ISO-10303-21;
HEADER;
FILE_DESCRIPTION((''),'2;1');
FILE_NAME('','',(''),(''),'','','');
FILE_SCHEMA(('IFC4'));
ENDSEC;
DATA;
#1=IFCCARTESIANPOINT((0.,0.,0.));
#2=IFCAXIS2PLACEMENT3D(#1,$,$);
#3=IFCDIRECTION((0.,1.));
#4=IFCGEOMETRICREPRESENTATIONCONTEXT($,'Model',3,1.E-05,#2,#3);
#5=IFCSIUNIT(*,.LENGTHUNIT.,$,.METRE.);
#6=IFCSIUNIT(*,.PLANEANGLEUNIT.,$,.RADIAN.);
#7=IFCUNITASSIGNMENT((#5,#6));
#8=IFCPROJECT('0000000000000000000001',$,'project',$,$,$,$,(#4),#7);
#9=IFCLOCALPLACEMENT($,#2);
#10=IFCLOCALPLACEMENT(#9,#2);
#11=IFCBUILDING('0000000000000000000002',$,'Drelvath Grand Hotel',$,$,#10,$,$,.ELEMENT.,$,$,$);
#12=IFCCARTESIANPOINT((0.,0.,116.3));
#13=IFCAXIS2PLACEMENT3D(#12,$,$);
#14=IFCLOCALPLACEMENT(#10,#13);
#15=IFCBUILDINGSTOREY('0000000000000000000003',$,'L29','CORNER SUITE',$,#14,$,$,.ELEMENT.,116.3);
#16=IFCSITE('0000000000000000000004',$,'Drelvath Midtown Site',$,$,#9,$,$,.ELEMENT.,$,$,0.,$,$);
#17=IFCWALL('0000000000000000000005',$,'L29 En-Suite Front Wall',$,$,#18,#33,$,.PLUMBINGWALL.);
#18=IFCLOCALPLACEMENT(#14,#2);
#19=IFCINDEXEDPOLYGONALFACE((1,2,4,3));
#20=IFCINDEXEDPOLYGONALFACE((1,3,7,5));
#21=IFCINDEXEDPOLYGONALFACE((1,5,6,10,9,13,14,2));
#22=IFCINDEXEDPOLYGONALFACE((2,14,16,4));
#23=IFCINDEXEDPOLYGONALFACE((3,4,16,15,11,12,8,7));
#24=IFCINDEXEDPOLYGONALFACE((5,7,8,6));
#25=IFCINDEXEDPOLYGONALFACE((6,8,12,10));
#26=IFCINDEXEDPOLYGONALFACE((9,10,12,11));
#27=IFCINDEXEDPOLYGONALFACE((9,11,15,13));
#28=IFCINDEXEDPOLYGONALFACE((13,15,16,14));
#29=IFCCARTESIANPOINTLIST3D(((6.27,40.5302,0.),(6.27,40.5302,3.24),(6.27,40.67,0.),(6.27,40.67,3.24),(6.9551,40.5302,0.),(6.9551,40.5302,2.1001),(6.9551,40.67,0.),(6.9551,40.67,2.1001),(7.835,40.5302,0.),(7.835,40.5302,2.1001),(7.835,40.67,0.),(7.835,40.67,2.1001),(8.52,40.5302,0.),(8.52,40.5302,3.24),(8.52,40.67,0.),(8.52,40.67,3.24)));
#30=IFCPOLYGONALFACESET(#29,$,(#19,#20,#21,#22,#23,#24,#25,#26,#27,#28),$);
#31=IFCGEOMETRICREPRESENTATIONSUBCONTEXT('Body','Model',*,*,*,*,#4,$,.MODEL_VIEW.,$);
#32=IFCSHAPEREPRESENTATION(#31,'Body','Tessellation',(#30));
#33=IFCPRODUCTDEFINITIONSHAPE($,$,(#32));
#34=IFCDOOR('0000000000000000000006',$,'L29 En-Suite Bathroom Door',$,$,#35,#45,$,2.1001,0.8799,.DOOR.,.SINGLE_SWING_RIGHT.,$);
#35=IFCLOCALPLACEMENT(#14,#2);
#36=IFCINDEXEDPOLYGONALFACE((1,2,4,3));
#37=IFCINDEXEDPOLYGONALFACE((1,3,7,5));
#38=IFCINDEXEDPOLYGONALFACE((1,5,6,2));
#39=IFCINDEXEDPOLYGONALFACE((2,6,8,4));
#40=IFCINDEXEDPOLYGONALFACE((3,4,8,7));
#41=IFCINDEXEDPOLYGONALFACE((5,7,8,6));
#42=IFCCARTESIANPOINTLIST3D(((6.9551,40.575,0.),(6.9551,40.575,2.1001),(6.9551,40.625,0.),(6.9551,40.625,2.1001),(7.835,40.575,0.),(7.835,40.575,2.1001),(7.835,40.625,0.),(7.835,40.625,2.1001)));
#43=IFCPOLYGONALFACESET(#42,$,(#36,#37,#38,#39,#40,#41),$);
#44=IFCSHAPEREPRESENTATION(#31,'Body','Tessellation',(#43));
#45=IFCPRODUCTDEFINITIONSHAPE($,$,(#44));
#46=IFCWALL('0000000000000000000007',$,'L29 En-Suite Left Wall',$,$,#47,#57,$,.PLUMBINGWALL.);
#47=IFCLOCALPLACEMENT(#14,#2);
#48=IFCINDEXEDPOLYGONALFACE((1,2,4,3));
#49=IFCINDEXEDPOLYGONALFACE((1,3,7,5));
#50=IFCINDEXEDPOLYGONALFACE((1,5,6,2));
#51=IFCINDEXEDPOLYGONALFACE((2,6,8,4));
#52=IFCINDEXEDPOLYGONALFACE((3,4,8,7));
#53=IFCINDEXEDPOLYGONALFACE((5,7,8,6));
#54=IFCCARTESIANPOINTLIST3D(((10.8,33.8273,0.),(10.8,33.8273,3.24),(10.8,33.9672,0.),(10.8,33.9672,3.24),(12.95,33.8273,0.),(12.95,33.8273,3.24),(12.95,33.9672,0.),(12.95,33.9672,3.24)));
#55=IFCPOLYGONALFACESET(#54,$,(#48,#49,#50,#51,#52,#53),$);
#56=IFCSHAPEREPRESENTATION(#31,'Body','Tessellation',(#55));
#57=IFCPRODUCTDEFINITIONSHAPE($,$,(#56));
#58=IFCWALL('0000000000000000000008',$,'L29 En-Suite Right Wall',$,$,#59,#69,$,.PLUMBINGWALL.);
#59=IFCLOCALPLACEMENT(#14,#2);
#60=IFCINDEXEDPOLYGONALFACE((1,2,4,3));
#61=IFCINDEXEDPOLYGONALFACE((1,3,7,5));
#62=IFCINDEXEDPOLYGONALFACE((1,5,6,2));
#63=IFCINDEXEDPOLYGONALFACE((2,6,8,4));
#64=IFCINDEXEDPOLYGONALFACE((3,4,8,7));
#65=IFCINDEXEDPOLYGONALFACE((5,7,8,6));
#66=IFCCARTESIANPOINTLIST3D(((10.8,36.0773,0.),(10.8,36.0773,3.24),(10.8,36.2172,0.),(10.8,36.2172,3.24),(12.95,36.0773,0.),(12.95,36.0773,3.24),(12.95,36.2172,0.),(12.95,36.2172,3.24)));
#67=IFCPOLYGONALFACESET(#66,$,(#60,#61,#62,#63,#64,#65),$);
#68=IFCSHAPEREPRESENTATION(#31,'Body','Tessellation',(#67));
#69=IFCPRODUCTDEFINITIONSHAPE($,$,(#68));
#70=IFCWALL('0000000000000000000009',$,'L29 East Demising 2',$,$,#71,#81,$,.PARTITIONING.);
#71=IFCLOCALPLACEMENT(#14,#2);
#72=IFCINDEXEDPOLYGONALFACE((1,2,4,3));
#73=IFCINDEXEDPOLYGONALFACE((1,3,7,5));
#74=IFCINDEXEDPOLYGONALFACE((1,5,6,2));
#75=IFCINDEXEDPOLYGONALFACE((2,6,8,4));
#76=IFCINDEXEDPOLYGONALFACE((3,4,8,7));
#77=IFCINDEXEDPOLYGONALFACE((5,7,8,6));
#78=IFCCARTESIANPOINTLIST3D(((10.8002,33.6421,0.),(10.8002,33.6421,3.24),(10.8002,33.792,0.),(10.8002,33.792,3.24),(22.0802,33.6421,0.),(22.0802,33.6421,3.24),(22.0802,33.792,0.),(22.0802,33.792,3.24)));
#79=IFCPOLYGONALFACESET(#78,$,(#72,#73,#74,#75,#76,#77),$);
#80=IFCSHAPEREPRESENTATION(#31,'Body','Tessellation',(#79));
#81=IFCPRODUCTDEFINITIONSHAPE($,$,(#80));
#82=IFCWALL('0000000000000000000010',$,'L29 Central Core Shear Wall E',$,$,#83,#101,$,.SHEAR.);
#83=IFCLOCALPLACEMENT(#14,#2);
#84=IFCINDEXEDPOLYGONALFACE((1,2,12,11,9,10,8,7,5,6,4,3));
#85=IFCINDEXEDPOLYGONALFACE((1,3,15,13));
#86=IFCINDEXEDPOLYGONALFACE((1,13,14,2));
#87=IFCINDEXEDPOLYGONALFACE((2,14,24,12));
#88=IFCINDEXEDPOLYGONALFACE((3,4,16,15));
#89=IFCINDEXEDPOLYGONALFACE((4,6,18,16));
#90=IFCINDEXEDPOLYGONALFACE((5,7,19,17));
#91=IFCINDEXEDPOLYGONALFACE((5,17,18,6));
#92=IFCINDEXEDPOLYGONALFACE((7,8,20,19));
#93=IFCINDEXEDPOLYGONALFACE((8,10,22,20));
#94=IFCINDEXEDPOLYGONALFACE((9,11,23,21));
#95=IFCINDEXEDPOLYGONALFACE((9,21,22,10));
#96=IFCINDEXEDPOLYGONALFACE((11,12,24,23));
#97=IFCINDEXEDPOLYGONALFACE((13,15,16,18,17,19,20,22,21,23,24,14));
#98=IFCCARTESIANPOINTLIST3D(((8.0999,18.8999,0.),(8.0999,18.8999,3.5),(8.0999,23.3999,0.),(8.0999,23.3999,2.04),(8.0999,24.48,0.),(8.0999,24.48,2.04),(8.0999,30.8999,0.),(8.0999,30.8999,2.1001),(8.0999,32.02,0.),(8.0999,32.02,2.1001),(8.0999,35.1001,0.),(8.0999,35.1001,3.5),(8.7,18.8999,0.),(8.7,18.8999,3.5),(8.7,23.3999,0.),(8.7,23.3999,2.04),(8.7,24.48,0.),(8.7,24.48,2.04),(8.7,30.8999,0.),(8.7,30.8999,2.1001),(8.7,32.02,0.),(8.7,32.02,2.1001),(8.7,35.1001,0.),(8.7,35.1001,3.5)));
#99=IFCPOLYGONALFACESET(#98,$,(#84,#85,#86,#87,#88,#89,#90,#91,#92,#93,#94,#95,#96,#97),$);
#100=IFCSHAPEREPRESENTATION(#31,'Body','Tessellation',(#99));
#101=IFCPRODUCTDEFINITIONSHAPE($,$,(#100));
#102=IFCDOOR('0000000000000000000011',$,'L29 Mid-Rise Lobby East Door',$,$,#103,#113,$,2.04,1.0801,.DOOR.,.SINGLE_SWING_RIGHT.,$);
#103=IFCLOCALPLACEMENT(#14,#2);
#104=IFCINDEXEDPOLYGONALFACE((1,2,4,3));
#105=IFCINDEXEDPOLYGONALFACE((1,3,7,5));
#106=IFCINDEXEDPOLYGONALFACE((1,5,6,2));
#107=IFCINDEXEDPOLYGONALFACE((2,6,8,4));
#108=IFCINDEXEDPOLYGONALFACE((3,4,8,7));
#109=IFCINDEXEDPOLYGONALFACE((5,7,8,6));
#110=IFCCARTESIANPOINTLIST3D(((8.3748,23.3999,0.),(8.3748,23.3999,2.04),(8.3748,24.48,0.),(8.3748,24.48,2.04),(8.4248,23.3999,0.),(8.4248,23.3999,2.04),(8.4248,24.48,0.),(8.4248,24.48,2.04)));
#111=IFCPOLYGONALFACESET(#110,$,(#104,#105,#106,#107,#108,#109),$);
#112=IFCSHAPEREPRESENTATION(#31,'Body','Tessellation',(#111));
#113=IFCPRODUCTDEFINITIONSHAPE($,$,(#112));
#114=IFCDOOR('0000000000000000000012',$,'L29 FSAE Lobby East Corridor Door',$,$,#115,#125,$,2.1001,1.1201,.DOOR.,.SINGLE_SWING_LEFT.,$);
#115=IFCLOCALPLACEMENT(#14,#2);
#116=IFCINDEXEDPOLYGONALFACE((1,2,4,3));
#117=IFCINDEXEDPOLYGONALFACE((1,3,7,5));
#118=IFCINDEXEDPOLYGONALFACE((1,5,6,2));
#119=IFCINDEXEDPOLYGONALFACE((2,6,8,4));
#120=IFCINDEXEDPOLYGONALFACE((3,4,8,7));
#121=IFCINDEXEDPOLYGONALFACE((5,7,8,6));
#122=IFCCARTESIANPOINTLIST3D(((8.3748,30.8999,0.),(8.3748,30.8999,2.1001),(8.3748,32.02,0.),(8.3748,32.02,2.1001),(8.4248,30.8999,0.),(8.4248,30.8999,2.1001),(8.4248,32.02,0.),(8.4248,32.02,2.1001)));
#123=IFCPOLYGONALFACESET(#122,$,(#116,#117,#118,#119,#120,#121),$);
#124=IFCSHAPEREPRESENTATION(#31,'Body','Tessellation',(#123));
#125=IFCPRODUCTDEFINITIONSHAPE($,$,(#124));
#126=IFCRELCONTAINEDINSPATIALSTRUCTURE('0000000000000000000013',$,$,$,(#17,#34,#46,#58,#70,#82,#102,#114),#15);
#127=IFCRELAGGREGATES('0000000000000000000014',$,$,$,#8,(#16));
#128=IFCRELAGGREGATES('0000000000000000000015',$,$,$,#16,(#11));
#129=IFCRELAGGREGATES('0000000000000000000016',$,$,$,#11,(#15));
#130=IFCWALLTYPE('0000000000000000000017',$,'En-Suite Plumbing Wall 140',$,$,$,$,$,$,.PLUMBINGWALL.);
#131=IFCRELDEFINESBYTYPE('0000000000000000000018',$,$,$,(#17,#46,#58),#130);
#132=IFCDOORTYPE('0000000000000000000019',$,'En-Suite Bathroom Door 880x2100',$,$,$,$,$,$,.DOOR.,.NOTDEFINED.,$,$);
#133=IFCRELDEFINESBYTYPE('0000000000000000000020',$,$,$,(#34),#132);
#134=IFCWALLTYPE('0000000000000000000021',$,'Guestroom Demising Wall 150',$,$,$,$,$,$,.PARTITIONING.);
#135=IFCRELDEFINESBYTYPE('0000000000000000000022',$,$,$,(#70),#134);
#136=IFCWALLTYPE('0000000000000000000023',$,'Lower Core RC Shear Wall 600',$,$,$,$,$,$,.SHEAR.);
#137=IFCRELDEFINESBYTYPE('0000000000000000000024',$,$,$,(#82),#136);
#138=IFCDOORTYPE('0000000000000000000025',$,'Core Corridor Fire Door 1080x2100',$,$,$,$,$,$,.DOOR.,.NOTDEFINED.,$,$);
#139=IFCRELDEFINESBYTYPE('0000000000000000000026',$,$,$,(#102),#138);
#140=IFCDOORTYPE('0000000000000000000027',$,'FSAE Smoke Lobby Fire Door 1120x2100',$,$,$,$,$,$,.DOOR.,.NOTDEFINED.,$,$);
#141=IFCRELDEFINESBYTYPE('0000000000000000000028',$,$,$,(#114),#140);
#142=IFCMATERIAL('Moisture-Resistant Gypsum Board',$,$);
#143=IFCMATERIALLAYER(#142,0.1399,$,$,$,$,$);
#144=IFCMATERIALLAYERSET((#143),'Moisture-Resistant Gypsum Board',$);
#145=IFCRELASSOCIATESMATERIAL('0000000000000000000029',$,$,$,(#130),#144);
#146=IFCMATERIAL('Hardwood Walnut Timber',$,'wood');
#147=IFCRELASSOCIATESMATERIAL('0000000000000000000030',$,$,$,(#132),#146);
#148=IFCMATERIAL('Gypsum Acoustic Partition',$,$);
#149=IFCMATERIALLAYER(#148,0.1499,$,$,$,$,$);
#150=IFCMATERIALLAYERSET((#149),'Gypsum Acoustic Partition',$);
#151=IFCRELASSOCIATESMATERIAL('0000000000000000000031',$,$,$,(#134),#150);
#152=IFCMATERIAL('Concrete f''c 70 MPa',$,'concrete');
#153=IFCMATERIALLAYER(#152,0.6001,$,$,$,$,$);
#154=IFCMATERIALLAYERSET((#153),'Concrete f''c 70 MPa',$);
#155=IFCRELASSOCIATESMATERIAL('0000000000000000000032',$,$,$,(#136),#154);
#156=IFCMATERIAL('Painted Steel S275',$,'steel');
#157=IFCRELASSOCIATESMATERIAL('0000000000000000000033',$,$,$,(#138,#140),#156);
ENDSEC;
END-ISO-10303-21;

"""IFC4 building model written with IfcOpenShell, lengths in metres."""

from ifc_helpers import new_model, si_unit, direction, frame, frame_2d, origin, place, context, subcontext, project, spatial, rectangle, extrude, material, layer, layer_set, type_object, element, fill, save


model = new_model("IFC4")

# Units and contexts
model_context = context("Model", 3, precision=1e-05, world=origin(), true_north=direction((0.0, 1.0)))
body_context = subcontext(model_context, "Body", "Model", "MODEL_VIEW")
ifc_project = project(units=[si_unit("LENGTHUNIT", "METRE"), si_unit("PLANEANGLEUNIT", "RADIAN")], contexts=[model_context])

# Site, building, storey
site_placement = place(None, origin())
site = spatial("IfcSite", under=ifc_project, at=site_placement, Name="Drelvath Midtown Site", CompositionType="ELEMENT", RefElevation=0.0)
building_placement = place(site_placement, origin())
building = spatial("IfcBuilding", under=site, at=building_placement, Name="Drelvath Grand Hotel", CompositionType="ELEMENT")
storey_placement = place(building_placement, frame((0.0, 0.0, 116.3)))
storey = spatial("IfcBuildingStorey", under=building, at=storey_placement, Name="L29", Description="CORNER SUITE", CompositionType="ELEMENT", Elevation=116.3)

# Shared definitions
ifc_material_1 = material(Name="Moisture-Resistant Gypsum Board")
ifc_layer_1 = layer(ifc_material_1, 0.1399)
ifc_layer_set_1 = layer_set([ifc_layer_1], Name="Moisture-Resistant Gypsum Board")
wall_type_1 = type_object("IfcWallType", Name="En-Suite Plumbing Wall 140", PredefinedType="PLUMBINGWALL", material=ifc_layer_set_1)

# Wall, opening, door
wall_1_placement = place(storey_placement, frame((6.27, 40.6001, 0.0), z_axis=(0.0, 0.0, 1.0), x_axis=(1.0, 0.0, 0.0)))
wall_1 = element("IfcWall", 1, at=wall_1_placement, inside=storey, type_object=wall_type_1, Name="L29 En-Suite Front Wall", PredefinedType="PLUMBINGWALL", context=body_context, shape_type="SweptSolid", body=[
    extrude(rectangle(XDim=2.25, YDim=0.1399, at=frame_2d((1.125, 0.0))), origin(), (0.0, 0.0, 1.0), 3.24),
])
opening_1_placement = place(wall_1_placement, frame((0.6851, 0.0, 0.0)))
opening_1 = element("IfcOpeningElement", 2, at=opening_1_placement, cuts=wall_1, PredefinedType="OPENING", context=body_context, shape_type="SweptSolid", body=[
    extrude(rectangle(XDim=0.8799, YDim=2.1001, at=frame_2d((0.4399, 1.05))), frame((0.0, 0.0798, 0.0), z_axis=(0.0, -1.0, 0.0), x_axis=(1.0, 0.0, 0.0)), (0.0, 0.0, 1.0), 0.1599),
])
ifc_material_2 = material(Name="Hardwood Walnut Timber", Category="wood")
door_type_1 = type_object("IfcDoorType", Name="En-Suite Bathroom Door 880x2100", OperationType="NOTDEFINED", PredefinedType="DOOR", material=ifc_material_2)
door_1_placement = place(opening_1_placement, origin())
door_1 = element("IfcDoor", 3, at=door_1_placement, inside=storey, type_object=door_type_1, Name="L29 En-Suite Bathroom Door", OperationType="SINGLE_SWING_RIGHT", OverallHeight=2.1001, OverallWidth=0.8799, PredefinedType="DOOR", context=body_context, shape_type="SweptSolid", body=[
    extrude(rectangle(XDim=0.8799, YDim=2.1001, at=frame_2d((0.4399, 1.05))), frame((0.0, 0.0249, 0.0), z_axis=(0.0, -1.0, 0.0), x_axis=(1.0, 0.0, 0.0)), (0.0, 0.0, 1.0), 0.05),
])
fill(opening_1, door_1)

# Walls
for number, where, z_axis, x_axis, name in (
    (4, (10.8, 33.8972, 0.0), (0.0, 0.0, 1.0), (1.0, 0.0, 0.0), "L29 En-Suite Left Wall"),
    (5, (10.8, 36.1472, 0.0), (0.0, 0.0, 1.0), (1.0, 0.0, 0.0), "L29 En-Suite Right Wall"),
):
    element("IfcWall", number, at=place(storey_placement, frame(where, z_axis=z_axis, x_axis=x_axis)), inside=storey, type_object=wall_type_1, Name=name, PredefinedType="PLUMBINGWALL", context=body_context, shape_type="SweptSolid", body=[
        extrude(rectangle(XDim=2.1499, YDim=0.1399, at=frame_2d((1.075, 0.0))), origin(), (0.0, 0.0, 1.0), 3.24),
    ])
ifc_material_3 = material(Name="Gypsum Acoustic Partition")
ifc_layer_2 = layer(ifc_material_3, 0.1499)
ifc_layer_set_2 = layer_set([ifc_layer_2], Name="Gypsum Acoustic Partition")
wall_type_2 = type_object("IfcWallType", Name="Guestroom Demising Wall 150", PredefinedType="PARTITIONING", material=ifc_layer_set_2)
wall_2_placement = place(storey_placement, frame((10.8, 33.717, 0.0), z_axis=(0.0, 0.0, 1.0), x_axis=(1.0, 0.0, 0.0)))
element("IfcWall", 6, at=wall_2_placement, inside=storey, type_object=wall_type_2, Name="L29 East Demising 2", PredefinedType="PARTITIONING", context=body_context, shape_type="SweptSolid", body=[
    extrude(rectangle(XDim=11.28, YDim=0.1499, at=frame_2d((5.6401, 0.0))), origin(), (0.0, 0.0, 1.0), 3.24),
])

# Wall, openings, doors
ifc_material_4 = material(Name="Concrete f'c 70 MPa", Category="concrete")
ifc_layer_3 = layer(ifc_material_4, 0.6001)
ifc_layer_set_3 = layer_set([ifc_layer_3], Name="Concrete f'c 70 MPa")
wall_type_3 = type_object("IfcWallType", Name="Lower Core RC Shear Wall 600", PredefinedType="SHEAR", material=ifc_layer_set_3)
wall_3_placement = place(storey_placement, frame((8.3999, 35.1001, 0.0), z_axis=(0.0, 0.0, 1.0), x_axis=(0.0, -1.0, 0.0)))
wall_3 = element("IfcWall", 7, at=wall_3_placement, inside=storey, type_object=wall_type_3, Name="L29 Central Core Shear Wall E", PredefinedType="SHEAR", context=body_context, shape_type="SweptSolid", body=[
    extrude(rectangle(XDim=16.2002, YDim=0.6001, at=frame_2d((8.1001, 0.0))), origin(), (0.0, 0.0, 1.0), 3.5),
])
opening_2_placement = place(wall_3_placement, frame((3.0801, 0.0, 0.0)))
opening_2 = element("IfcOpeningElement", 8, at=opening_2_placement, cuts=wall_3, PredefinedType="OPENING", context=body_context, shape_type="SweptSolid", body=[
    extrude(rectangle(XDim=1.1201, YDim=2.1001, at=frame_2d((0.5601, 1.05))), frame((0.0, 0.3101, 0.0), z_axis=(0.0, -1.0, 0.0), x_axis=(1.0, 0.0, 0.0)), (0.0, 0.0, 1.0), 0.6201),
])
opening_3_placement = place(wall_3_placement, frame((10.6201, 0.0, 0.0)))
opening_3 = element("IfcOpeningElement", 9, at=opening_3_placement, cuts=wall_3, PredefinedType="OPENING", context=body_context, shape_type="SweptSolid", body=[
    extrude(rectangle(XDim=1.0801, YDim=2.04, at=frame_2d((0.54, 1.02))), frame((0.0, 0.3101, 0.0), z_axis=(0.0, -1.0, 0.0), x_axis=(1.0, 0.0, 0.0)), (0.0, 0.0, 1.0), 0.6201),
])
ifc_material_5 = material(Name="Painted Steel S275", Category="steel")
door_type_2 = type_object("IfcDoorType", Name="Core Corridor Fire Door 1080x2100", OperationType="NOTDEFINED", PredefinedType="DOOR", material=ifc_material_5)
door_2_placement = place(opening_3_placement, origin())
door_2 = element("IfcDoor", 10, at=door_2_placement, inside=storey, type_object=door_type_2, Name="L29 Mid-Rise Lobby East Door", OperationType="SINGLE_SWING_RIGHT", OverallHeight=2.04, OverallWidth=1.0801, PredefinedType="DOOR", context=body_context, shape_type="SweptSolid", body=[
    extrude(rectangle(XDim=1.0801, YDim=2.04, at=frame_2d((0.54, 1.02))), frame((0.0, 0.0249, 0.0), z_axis=(0.0, -1.0, 0.0), x_axis=(1.0, 0.0, 0.0)), (0.0, 0.0, 1.0), 0.05),
])
fill(opening_3, door_2)
door_type_3 = type_object("IfcDoorType", Name="FSAE Smoke Lobby Fire Door 1120x2100", OperationType="NOTDEFINED", PredefinedType="DOOR", material=ifc_material_5)
door_3_placement = place(opening_2_placement, origin())
door_3 = element("IfcDoor", 11, at=door_3_placement, inside=storey, type_object=door_type_3, Name="L29 FSAE Lobby East Corridor Door", OperationType="SINGLE_SWING_LEFT", OverallHeight=2.1001, OverallWidth=1.1201, PredefinedType="DOOR", context=body_context, shape_type="SweptSolid", body=[
    extrude(rectangle(XDim=1.1201, YDim=2.1001, at=frame_2d((0.5601, 1.05))), frame((0.0, 0.0249, 0.0), z_axis=(0.0, -1.0, 0.0), x_axis=(1.0, 0.0, 0.0)), (0.0, 0.0, 1.0), 0.05),
])
fill(opening_2, door_3)

save(model, "model.ifc")
